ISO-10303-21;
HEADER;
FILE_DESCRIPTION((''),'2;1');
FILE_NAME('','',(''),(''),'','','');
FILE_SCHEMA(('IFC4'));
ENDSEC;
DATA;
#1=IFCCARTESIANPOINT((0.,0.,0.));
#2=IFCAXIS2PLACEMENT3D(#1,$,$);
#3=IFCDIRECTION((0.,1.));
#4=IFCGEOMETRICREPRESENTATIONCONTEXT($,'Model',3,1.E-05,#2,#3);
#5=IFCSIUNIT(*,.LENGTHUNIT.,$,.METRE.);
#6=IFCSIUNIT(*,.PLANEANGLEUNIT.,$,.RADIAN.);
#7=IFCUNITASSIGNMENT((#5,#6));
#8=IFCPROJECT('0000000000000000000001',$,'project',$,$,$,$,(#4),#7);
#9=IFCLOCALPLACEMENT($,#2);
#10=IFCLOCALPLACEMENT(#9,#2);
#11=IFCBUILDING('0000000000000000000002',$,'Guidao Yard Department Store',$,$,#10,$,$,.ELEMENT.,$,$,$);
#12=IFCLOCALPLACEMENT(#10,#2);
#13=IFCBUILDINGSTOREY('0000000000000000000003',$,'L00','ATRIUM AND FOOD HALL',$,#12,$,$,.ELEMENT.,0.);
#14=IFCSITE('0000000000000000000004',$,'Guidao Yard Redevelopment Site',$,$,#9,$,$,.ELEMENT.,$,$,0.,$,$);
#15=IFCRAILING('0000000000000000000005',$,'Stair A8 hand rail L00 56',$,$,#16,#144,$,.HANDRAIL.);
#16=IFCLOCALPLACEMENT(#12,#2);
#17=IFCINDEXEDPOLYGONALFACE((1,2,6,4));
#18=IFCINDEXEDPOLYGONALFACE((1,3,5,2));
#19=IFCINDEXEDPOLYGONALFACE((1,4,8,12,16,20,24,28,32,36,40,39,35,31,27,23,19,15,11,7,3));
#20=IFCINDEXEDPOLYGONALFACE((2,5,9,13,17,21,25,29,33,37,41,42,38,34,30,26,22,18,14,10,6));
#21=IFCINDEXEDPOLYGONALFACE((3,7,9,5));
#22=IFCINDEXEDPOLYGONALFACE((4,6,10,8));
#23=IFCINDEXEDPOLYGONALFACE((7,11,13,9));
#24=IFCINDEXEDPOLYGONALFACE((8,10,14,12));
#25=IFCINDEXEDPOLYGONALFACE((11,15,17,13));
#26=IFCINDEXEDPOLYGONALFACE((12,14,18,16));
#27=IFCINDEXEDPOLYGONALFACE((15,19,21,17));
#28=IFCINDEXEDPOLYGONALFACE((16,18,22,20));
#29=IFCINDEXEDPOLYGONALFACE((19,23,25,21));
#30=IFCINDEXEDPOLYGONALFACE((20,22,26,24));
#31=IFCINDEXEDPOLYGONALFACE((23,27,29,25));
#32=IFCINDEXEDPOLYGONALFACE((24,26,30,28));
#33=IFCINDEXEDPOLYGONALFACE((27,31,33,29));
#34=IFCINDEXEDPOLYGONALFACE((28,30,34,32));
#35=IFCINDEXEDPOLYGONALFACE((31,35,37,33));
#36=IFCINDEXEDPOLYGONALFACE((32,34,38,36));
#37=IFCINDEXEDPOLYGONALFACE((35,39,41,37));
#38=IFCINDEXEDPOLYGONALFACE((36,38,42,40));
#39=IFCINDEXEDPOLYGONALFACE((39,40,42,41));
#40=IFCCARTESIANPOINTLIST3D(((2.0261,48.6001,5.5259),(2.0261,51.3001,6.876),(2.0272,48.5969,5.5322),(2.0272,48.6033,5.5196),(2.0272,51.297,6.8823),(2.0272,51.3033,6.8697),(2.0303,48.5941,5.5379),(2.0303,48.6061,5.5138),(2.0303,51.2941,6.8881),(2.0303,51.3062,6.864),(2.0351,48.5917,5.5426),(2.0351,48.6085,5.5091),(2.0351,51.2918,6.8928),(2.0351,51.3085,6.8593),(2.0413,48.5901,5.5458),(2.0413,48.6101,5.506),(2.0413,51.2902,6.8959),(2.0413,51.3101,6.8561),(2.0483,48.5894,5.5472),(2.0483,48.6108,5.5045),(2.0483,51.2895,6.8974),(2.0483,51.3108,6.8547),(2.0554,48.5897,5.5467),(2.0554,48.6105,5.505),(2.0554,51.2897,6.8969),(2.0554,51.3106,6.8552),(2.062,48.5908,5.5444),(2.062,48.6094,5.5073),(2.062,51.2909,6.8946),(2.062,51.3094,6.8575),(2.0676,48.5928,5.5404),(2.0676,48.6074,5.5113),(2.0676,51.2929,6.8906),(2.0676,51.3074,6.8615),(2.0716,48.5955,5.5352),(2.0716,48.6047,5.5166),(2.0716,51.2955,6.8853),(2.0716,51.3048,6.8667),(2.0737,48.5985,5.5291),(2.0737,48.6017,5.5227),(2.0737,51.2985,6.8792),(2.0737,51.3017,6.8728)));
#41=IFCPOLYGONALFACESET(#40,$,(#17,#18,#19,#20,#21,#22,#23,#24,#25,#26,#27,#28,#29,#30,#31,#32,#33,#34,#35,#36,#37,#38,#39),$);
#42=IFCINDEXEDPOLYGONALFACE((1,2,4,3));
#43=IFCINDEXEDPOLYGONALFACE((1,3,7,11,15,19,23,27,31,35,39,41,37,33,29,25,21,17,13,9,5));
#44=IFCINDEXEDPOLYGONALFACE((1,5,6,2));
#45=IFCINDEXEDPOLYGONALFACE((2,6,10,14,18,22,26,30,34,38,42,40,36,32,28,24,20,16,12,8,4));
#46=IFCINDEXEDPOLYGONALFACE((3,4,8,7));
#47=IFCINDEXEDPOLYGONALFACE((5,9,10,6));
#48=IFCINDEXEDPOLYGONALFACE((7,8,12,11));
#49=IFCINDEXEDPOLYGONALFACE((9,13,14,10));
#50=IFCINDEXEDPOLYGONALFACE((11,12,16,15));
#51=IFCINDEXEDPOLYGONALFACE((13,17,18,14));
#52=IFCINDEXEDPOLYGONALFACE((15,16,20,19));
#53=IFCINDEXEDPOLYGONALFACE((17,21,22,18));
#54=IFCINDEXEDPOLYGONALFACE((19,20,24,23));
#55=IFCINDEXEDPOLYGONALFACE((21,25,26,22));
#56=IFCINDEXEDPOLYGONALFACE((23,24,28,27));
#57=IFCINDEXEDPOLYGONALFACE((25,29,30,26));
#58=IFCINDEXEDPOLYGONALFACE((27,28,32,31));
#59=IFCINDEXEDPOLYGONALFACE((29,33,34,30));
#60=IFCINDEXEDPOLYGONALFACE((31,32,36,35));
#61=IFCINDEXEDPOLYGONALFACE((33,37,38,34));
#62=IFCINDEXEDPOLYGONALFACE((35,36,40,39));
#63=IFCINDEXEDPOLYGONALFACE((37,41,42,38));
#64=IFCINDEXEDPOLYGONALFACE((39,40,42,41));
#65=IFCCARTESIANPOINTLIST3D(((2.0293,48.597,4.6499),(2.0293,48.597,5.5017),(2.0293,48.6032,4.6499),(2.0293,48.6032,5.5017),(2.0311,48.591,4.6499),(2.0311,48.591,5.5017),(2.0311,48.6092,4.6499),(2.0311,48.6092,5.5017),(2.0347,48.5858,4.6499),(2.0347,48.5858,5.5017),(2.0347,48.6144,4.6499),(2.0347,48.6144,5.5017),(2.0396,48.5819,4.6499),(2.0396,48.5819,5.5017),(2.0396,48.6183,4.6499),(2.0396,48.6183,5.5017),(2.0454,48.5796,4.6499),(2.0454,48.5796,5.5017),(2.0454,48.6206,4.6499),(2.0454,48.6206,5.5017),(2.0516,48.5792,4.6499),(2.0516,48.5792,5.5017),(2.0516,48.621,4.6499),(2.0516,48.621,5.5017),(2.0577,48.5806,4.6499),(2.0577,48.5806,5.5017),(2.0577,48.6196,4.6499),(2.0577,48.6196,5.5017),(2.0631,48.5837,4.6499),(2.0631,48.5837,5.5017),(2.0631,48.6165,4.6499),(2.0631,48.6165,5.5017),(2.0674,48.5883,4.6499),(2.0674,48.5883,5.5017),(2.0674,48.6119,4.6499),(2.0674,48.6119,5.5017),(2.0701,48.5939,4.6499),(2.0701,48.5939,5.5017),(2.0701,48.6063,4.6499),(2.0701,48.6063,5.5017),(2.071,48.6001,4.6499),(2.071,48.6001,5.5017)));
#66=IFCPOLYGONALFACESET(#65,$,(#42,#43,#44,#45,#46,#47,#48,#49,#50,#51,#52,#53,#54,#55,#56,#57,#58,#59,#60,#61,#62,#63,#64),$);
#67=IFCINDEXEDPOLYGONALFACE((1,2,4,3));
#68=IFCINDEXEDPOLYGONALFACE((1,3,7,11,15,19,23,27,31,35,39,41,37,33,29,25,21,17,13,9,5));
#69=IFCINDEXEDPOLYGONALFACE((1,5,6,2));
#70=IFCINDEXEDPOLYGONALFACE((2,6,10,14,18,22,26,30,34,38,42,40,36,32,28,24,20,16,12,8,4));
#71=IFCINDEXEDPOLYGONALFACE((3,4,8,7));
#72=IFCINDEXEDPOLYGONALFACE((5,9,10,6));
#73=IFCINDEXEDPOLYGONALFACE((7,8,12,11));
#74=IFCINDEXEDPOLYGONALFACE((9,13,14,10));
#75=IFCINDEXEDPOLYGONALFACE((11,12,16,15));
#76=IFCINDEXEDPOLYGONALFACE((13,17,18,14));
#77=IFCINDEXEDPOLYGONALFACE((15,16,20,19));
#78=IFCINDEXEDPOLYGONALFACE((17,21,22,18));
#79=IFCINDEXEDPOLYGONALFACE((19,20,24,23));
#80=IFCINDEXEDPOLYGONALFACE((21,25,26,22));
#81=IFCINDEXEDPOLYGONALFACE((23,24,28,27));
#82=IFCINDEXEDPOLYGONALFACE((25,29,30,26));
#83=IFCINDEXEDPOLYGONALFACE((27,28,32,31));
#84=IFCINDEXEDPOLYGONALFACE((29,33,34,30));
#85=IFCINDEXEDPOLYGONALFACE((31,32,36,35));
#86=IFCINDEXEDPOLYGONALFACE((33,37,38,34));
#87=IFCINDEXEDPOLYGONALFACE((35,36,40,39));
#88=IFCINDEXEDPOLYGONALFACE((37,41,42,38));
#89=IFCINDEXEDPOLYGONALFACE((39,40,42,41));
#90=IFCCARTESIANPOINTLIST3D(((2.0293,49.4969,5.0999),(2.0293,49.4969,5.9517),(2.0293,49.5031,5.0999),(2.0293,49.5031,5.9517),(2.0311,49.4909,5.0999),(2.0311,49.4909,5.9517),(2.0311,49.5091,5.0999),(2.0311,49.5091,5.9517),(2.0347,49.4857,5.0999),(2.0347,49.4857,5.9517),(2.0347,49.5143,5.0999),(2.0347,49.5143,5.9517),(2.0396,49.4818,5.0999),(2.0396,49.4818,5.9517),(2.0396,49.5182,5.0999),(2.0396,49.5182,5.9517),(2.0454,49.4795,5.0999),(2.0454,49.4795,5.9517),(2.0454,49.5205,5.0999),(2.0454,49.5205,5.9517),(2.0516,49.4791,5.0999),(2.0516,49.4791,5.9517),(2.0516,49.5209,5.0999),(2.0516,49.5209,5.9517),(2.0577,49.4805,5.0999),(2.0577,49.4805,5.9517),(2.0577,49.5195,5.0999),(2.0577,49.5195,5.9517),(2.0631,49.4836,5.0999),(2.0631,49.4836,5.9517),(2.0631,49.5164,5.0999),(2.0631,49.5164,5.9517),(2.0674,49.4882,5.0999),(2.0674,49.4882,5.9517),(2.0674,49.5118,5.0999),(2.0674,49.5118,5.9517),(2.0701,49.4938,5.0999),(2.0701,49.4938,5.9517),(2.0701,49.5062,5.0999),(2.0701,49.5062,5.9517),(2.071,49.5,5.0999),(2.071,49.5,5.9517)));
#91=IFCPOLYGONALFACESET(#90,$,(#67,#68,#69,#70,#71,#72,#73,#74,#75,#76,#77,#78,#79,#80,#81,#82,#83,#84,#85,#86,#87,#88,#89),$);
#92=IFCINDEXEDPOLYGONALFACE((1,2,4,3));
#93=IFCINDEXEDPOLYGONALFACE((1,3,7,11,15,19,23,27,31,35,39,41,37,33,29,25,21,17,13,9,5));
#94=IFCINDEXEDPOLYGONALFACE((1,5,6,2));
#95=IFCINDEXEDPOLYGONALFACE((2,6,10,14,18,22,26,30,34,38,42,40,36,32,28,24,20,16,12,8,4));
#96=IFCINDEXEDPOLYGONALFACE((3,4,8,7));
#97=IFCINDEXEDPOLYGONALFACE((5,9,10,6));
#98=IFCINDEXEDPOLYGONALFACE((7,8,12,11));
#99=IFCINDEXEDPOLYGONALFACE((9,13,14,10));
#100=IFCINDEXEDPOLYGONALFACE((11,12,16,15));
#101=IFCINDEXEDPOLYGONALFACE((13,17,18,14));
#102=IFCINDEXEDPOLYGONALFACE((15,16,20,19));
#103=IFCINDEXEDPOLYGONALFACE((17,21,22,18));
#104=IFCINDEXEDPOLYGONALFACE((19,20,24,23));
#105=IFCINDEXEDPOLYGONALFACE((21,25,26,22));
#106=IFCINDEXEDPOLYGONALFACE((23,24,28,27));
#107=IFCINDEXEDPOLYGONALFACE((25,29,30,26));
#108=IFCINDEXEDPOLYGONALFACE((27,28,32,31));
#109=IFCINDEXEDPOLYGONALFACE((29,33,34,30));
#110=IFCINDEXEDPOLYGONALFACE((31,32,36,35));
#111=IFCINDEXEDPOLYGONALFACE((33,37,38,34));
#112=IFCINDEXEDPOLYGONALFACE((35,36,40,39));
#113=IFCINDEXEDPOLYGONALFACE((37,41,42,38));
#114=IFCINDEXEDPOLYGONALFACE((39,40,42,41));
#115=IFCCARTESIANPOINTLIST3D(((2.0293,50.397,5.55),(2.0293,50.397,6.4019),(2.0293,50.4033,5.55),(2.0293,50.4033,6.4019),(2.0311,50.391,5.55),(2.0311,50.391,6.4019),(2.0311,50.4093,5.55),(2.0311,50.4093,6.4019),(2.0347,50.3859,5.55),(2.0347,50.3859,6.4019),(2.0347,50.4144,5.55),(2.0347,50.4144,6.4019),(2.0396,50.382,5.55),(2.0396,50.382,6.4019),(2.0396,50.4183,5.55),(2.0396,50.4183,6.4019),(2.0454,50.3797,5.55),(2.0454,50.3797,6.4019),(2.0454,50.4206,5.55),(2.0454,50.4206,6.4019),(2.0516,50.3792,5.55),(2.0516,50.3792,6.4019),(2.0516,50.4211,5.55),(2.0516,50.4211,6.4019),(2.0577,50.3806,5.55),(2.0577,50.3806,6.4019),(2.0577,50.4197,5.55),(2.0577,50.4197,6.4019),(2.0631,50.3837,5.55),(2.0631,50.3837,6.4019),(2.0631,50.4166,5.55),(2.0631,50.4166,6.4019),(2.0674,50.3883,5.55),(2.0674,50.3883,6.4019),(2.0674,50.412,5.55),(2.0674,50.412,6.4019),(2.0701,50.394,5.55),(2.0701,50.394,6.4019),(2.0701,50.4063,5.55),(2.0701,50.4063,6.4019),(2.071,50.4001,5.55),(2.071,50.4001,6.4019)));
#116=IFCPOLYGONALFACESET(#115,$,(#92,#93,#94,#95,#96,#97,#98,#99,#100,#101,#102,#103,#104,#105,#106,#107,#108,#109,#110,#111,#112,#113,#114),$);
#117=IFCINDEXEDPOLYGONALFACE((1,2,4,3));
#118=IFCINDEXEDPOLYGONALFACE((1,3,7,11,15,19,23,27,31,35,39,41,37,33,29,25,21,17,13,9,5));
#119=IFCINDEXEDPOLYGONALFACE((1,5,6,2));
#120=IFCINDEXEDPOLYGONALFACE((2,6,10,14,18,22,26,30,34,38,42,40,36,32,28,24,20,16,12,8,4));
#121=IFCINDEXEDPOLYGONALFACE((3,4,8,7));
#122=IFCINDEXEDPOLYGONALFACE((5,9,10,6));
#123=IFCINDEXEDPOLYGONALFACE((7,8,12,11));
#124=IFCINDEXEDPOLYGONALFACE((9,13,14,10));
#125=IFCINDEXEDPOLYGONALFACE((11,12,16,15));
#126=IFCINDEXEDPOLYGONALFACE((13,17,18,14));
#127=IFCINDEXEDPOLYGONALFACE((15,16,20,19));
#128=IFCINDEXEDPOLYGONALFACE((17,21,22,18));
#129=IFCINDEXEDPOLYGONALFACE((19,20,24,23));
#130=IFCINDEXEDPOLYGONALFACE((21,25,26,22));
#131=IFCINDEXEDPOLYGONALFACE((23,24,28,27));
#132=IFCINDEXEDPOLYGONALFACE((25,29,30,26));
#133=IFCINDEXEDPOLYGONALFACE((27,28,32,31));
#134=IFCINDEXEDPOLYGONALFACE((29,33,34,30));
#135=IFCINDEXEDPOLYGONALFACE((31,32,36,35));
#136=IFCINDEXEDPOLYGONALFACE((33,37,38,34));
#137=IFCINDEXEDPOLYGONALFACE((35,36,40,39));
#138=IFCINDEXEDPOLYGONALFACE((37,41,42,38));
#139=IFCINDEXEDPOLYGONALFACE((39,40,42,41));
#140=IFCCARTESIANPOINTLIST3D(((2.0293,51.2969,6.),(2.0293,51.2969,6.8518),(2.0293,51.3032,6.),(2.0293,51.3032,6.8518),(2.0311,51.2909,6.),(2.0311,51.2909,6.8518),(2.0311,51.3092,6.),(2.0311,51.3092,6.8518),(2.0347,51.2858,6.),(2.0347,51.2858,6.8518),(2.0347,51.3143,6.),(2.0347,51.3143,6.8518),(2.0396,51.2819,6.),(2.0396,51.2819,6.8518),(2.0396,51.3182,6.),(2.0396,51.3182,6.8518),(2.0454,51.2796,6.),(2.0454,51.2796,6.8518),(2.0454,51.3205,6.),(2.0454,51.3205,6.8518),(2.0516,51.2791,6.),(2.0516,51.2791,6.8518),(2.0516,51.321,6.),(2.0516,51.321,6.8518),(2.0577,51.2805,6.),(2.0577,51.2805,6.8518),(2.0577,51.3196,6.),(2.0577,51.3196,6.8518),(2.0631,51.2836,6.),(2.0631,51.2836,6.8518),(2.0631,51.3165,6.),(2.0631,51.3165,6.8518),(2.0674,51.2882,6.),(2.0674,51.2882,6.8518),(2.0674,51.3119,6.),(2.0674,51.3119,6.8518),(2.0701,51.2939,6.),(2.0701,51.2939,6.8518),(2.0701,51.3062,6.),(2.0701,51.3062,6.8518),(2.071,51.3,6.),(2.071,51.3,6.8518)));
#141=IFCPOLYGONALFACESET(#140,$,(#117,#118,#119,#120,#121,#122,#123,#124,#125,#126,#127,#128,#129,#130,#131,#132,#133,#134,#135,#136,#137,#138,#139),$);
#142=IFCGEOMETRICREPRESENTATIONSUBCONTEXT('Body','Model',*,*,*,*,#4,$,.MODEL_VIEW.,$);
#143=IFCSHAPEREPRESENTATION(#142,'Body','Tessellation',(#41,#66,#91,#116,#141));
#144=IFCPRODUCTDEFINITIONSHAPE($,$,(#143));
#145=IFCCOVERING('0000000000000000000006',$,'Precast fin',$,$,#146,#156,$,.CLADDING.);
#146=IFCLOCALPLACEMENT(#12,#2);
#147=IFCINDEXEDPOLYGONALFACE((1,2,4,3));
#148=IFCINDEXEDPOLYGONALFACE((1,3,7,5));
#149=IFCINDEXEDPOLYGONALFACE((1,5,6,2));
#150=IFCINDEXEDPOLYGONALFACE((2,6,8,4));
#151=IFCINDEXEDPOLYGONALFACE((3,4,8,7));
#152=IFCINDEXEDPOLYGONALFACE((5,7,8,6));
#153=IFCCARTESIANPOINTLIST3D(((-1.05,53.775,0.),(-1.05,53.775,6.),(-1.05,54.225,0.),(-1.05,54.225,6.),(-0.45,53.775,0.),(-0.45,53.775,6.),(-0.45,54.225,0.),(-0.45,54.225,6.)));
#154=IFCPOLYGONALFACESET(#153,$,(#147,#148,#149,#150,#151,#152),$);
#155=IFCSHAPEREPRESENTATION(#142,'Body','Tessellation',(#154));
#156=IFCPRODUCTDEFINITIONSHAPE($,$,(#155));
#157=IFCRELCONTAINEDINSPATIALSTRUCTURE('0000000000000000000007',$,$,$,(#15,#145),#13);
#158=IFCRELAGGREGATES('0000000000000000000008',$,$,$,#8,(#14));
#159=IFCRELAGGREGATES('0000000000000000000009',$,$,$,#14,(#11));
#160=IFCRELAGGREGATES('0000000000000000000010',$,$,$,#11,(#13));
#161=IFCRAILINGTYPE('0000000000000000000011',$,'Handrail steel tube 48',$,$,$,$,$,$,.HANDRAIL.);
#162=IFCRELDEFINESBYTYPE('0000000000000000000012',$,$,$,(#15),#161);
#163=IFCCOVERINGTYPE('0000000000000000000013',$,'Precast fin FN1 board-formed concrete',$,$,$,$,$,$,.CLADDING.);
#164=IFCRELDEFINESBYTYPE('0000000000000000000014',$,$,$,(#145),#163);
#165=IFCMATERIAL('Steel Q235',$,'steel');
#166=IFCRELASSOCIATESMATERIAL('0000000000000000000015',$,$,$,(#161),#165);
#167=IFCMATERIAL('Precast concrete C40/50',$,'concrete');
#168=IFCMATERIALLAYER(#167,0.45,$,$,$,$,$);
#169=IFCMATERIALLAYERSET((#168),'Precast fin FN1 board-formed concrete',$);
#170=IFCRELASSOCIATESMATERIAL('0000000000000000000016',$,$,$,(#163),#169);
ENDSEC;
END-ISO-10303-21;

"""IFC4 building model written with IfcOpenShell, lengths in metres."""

from ifc_helpers import new_model, si_unit, direction, frame, origin, origin_2d, place, context, subcontext, project, spatial, rectangle, circle, extrude, material, layer, layer_set, type_object, element, save


model = new_model("IFC4")

# Units and contexts
model_context = context("Model", 3, precision=1e-05, world=origin(), true_north=direction((0.0, 1.0)))
body_context = subcontext(model_context, "Body", "Model", "MODEL_VIEW")
ifc_project = project(units=[si_unit("LENGTHUNIT", "METRE"), si_unit("PLANEANGLEUNIT", "RADIAN")], contexts=[model_context])

# Site, building, storey
site_placement = place(None, origin())
site = spatial("IfcSite", under=ifc_project, at=site_placement, Name="Guidao Yard Redevelopment Site", CompositionType="ELEMENT", RefElevation=0.0)
building_placement = place(site_placement, origin())
building = spatial("IfcBuilding", under=site, at=building_placement, Name="Guidao Yard Department Store", CompositionType="ELEMENT")
storey_placement = place(building_placement, origin())
storey = spatial("IfcBuildingStorey", under=building, at=storey_placement, Name="L00", Description="ATRIUM AND FOOD HALL", CompositionType="ELEMENT", Elevation=0.0)

# Railing
ifc_material_1 = material(Name="Steel Q235", Category="steel")
railing_type = type_object("IfcRailingType", Name="Handrail steel tube 48", PredefinedType="HANDRAIL", material=ifc_material_1)
for number, where, name in (
    (1, (2.05, 48.6001, 4.6499), "Stair A8 hand rail L00 56"),
):
    element("IfcRailing", number, at=place(storey_placement, frame(where)), inside=storey, type_object=railing_type, Name=name, PredefinedType="HANDRAIL", context=body_context, shape_type="SweptSolid", body=[
        extrude(circle(Radius=0.0239, at=origin_2d()), frame((0.0, 0.0, 0.876), z_axis=(0.0, 0.894411, 0.447246), x_axis=(-1.0, 0.0, 0.0)), (0.0, 0.0, 1.0), 3.0188),
        extrude(circle(Radius=0.021, at=origin_2d()), origin(), (0.0, 0.0, 1.0), 0.8518),
        extrude(circle(Radius=0.021, at=origin_2d()), frame((0.0, 0.8999, 0.45)), (0.0, 0.0, 1.0), 0.8518),
        extrude(circle(Radius=0.021, at=origin_2d()), frame((0.0, 1.8, 0.9001)), (0.0, 0.0, 1.0), 0.8518),
        extrude(circle(Radius=0.021, at=origin_2d()), frame((0.0, 2.7, 1.3501)), (0.0, 0.0, 1.0), 0.8518),
    ])

# Covering
ifc_material_2 = material(Name="Precast concrete C40/50", Category="concrete")
ifc_layer_1 = layer(ifc_material_2, 0.45)
ifc_layer_set_1 = layer_set([ifc_layer_1], Name="Precast fin FN1 board-formed concrete")
covering_type = type_object("IfcCoveringType", Name="Precast fin FN1 board-formed concrete", PredefinedType="CLADDING", material=ifc_layer_set_1)
covering_placement = place(storey_placement, frame((-0.75, 54.0, 0.0), z_axis=(0.0, 0.0, 1.0), x_axis=(0.0, 1.0, 0.0)))
element("IfcCovering", 2, at=covering_placement, inside=storey, type_object=covering_type, Name="Precast fin", PredefinedType="CLADDING", context=body_context, shape_type="SweptSolid", body=[
    extrude(rectangle(XDim=0.45, YDim=0.6001, at=origin_2d()), origin(), (0.0, 0.0, 1.0), 6.0),
])

save(model, "model.ifc")
